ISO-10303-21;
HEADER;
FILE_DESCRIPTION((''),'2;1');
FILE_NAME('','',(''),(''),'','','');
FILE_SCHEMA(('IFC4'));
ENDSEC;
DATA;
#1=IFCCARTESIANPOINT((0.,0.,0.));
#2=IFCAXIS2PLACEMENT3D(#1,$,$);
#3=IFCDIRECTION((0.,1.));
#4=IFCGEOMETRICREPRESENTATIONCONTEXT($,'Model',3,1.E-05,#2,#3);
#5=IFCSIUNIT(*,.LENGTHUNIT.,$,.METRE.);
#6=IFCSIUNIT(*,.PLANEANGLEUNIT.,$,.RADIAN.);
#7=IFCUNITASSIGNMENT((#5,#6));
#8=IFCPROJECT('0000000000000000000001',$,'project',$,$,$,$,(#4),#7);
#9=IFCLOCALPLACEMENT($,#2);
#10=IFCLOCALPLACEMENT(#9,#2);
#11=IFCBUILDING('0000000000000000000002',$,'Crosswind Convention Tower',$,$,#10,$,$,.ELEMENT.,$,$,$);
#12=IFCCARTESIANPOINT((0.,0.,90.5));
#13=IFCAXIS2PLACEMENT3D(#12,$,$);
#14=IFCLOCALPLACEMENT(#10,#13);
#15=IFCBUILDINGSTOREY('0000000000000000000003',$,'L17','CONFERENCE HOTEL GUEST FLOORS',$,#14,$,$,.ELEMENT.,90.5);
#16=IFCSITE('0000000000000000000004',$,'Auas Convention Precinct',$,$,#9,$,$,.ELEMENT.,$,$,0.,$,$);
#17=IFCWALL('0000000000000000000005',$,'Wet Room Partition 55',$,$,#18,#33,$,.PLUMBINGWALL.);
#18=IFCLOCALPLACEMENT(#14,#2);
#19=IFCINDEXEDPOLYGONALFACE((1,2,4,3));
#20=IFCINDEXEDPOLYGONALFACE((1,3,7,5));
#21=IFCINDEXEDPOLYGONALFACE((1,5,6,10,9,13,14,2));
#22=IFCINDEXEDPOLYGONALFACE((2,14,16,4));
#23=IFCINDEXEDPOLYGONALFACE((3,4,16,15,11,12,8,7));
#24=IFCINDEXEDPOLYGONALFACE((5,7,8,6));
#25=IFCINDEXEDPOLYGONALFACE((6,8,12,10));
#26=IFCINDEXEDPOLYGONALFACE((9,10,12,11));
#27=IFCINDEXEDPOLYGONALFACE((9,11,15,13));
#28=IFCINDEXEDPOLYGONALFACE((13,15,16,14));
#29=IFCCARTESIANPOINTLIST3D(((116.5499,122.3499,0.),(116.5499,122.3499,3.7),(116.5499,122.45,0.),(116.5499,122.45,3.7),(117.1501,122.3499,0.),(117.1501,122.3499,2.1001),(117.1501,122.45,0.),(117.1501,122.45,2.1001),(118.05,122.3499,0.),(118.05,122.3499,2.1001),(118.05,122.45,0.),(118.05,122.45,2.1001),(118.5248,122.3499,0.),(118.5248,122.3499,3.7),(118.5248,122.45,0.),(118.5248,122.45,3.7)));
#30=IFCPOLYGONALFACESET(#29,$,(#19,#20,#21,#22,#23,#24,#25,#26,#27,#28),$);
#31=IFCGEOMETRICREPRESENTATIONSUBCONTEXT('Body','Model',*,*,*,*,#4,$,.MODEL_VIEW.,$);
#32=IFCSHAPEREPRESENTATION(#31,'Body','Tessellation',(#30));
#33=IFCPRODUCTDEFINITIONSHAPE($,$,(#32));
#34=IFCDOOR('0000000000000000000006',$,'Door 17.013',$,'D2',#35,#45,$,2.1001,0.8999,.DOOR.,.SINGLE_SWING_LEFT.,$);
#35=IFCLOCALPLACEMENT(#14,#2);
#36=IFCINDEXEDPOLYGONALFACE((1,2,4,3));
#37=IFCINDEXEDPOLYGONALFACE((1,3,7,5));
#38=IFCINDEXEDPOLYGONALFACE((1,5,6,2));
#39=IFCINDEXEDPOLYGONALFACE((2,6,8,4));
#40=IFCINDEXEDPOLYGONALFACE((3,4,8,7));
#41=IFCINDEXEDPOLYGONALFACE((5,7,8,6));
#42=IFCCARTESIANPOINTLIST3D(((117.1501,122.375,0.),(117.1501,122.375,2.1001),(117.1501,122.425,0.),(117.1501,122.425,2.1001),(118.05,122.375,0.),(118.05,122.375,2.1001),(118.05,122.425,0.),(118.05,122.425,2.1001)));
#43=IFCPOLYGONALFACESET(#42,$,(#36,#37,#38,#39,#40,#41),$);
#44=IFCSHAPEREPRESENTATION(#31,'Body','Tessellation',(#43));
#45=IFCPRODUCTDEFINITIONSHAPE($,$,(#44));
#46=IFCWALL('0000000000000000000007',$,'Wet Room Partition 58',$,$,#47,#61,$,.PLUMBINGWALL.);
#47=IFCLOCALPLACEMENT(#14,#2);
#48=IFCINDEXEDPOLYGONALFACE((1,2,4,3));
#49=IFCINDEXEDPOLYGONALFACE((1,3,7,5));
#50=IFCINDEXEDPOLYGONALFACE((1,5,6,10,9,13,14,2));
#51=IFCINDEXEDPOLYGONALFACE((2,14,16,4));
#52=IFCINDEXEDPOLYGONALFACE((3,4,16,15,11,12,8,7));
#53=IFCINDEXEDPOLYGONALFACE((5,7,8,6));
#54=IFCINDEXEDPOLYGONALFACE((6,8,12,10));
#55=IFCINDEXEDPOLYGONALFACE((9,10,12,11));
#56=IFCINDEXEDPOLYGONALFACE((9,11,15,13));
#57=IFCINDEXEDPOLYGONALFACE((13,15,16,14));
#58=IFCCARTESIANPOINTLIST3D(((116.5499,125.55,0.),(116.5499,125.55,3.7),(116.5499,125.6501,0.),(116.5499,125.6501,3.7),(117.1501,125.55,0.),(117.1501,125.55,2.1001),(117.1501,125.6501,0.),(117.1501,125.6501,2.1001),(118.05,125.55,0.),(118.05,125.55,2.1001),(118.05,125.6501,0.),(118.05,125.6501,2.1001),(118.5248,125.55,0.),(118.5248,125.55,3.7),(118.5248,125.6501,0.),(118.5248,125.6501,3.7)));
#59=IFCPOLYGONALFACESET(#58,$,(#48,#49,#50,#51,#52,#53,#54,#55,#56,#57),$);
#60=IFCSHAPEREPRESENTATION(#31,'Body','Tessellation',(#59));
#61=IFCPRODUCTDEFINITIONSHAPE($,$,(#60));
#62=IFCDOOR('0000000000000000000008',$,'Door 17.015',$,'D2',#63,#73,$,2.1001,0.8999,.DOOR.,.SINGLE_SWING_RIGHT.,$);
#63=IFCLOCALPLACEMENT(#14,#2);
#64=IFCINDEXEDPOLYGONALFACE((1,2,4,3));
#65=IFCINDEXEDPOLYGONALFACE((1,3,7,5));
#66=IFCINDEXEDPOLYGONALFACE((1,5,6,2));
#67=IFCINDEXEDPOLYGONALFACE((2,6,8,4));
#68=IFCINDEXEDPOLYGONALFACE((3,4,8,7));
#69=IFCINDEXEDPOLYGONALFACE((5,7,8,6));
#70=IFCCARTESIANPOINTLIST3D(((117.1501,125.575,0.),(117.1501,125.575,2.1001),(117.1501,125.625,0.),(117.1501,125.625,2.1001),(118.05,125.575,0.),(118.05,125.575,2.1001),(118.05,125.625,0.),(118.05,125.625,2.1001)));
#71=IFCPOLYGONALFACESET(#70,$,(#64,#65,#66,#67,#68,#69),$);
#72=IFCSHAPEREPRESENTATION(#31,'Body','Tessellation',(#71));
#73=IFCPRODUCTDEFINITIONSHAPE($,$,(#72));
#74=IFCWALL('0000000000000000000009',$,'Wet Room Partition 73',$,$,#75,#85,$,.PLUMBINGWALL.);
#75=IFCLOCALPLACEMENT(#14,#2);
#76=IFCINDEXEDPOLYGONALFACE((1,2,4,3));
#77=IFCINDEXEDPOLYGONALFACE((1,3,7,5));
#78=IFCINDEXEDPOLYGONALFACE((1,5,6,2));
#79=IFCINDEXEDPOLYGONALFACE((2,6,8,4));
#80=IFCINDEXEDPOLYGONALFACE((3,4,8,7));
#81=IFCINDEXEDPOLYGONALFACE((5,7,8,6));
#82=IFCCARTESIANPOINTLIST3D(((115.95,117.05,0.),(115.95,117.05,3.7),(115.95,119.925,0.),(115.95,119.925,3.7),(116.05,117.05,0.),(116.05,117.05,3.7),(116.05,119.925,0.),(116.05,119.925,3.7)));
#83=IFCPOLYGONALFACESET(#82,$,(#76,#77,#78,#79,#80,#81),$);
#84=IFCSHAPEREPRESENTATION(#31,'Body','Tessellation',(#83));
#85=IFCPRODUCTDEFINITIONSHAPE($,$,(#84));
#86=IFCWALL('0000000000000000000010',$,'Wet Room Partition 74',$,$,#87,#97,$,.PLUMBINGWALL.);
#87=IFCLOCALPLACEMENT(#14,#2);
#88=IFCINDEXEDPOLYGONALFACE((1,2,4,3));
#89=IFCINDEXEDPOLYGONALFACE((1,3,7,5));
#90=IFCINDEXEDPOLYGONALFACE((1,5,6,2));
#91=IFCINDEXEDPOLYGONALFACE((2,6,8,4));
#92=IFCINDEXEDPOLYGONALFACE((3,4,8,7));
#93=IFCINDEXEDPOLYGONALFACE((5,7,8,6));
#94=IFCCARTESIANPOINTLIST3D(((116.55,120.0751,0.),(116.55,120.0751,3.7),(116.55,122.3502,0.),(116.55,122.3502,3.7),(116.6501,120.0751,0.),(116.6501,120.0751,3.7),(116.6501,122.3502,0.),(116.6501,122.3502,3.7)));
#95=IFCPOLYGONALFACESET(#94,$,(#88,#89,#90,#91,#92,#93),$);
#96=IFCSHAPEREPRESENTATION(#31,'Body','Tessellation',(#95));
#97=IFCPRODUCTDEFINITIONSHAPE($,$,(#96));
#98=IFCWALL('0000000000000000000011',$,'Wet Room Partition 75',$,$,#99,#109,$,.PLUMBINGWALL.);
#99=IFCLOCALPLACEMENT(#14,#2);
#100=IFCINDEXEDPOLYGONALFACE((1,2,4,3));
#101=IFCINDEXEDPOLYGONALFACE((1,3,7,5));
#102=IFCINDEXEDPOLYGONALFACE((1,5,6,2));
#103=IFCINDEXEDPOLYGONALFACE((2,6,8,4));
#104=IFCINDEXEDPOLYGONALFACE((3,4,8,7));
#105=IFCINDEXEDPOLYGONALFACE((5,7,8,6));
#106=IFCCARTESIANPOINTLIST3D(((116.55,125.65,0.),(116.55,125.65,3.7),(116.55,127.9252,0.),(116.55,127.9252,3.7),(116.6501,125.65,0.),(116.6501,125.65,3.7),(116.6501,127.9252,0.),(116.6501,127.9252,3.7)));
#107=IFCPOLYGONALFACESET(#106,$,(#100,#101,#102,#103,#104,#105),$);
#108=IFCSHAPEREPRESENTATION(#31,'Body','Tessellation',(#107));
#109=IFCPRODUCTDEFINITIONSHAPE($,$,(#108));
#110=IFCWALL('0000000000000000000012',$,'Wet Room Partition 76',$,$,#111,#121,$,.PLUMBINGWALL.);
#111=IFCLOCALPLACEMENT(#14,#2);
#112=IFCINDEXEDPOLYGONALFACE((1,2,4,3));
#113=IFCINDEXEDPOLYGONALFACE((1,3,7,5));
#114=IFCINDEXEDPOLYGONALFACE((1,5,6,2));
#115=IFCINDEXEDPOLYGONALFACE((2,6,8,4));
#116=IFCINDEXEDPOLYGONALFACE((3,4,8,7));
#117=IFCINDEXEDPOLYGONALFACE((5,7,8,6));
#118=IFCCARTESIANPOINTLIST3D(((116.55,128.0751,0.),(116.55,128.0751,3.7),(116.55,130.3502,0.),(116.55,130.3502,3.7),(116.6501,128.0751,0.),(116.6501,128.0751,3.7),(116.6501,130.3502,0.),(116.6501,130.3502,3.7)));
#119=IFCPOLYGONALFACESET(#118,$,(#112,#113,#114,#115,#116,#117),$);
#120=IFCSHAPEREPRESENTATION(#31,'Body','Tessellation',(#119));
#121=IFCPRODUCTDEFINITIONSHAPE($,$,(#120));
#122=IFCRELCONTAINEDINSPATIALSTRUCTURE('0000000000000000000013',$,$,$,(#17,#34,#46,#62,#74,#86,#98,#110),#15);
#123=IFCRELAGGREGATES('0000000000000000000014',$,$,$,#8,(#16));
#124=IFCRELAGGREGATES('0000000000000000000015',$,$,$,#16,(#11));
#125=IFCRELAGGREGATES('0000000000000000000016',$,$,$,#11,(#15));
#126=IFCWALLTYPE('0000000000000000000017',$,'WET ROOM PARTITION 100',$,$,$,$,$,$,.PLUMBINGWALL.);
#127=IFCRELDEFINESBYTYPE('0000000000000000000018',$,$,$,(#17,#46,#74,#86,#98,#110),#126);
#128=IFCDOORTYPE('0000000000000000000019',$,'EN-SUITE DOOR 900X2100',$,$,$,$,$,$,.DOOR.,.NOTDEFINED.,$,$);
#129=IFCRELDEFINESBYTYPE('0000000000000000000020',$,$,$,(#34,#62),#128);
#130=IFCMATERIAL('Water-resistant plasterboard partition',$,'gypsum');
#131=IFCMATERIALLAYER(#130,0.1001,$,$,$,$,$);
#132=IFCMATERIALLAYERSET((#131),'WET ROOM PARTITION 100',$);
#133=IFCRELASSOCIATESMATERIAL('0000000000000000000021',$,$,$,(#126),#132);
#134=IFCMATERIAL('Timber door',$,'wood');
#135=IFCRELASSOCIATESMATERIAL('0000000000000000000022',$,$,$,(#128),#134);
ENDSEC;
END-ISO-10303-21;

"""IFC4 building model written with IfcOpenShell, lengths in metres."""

from ifc_helpers import new_model, si_unit, direction, frame, frame_2d, origin, place, context, subcontext, project, spatial, rectangle, extrude, material, layer, layer_set, type_object, element, fill, save


model = new_model("IFC4")

# Units and contexts
model_context = context("Model", 3, precision=1e-05, world=origin(), true_north=direction((0.0, 1.0)))
body_context = subcontext(model_context, "Body", "Model", "MODEL_VIEW")
ifc_project = project(units=[si_unit("LENGTHUNIT", "METRE"), si_unit("PLANEANGLEUNIT", "RADIAN")], contexts=[model_context])

# Site, building, storey
site_placement = place(None, origin())
site = spatial("IfcSite", under=ifc_project, at=site_placement, Name="Auas Convention Precinct", CompositionType="ELEMENT", RefElevation=0.0)
building_placement = place(site_placement, origin())
building = spatial("IfcBuilding", under=site, at=building_placement, Name="Crosswind Convention Tower", CompositionType="ELEMENT")
storey_placement = place(building_placement, frame((0.0, 0.0, 90.5)))
storey = spatial("IfcBuildingStorey", under=building, at=storey_placement, Name="L17", Description="CONFERENCE HOTEL GUEST FLOORS", CompositionType="ELEMENT", Elevation=90.5)

# Walls, openings, doors
ifc_material_1 = material(Name="Water-resistant plasterboard partition", Category="gypsum")
ifc_layer_1 = layer(ifc_material_1, 0.1001)
ifc_layer_set_1 = layer_set([ifc_layer_1], Name="WET ROOM PARTITION 100")
wall_type_1 = type_object("IfcWallType", Name="WET ROOM PARTITION 100", PredefinedType="PLUMBINGWALL", material=ifc_layer_set_1)
ifc_material_2 = material(Name="Timber door", Category="wood")
door_type = type_object("IfcDoorType", Name="EN-SUITE DOOR 900X2100", OperationType="NOTDEFINED", PredefinedType="DOOR", material=ifc_material_2)
wall_1_placement = place(storey_placement, frame((116.55, 122.3999, 0.0), z_axis=(0.0, 0.0, 1.0), x_axis=(1.0, 0.0, 0.0)))
wall_1 = element("IfcWall", 1, at=wall_1_placement, inside=storey, type_object=wall_type_1, Name="Wet Room Partition 55", PredefinedType="PLUMBINGWALL", context=body_context, shape_type="SweptSolid", body=[
    extrude(rectangle(XDim=1.9749, YDim=0.1001, at=frame_2d((0.9873, 0.0))), origin(), (0.0, 0.0, 1.0), 3.7),
])
opening_1_placement = place(wall_1_placement, frame((0.6001, 0.0, 0.0)))
opening_1 = element("IfcOpeningElement", 2, at=opening_1_placement, cuts=wall_1, PredefinedType="OPENING", context=body_context, shape_type="SweptSolid", body=[
    extrude(rectangle(XDim=0.8999, YDim=2.1001, at=frame_2d((0.45, 1.05))), frame((0.0, 0.0601, 0.0), z_axis=(0.0, -1.0, 0.0), x_axis=(1.0, 0.0, 0.0)), (0.0, 0.0, 1.0), 0.1201),
])
door_1_placement = place(opening_1_placement, frame((0.8999, 0.0, 0.0), z_axis=(0.0, 0.0, 1.0), x_axis=(-1.0, 0.0, 0.0)))
door_1 = element("IfcDoor", 3, at=door_1_placement, inside=storey, type_object=door_type, Name="Door 17.013", ObjectType="D2", OperationType="SINGLE_SWING_LEFT", OverallHeight=2.1001, OverallWidth=0.8999, PredefinedType="DOOR", context=body_context, shape_type="SweptSolid", body=[
    extrude(rectangle(XDim=0.8999, YDim=2.1001, at=frame_2d((0.45, 1.05))), frame((0.0, 0.0249, 0.0), z_axis=(0.0, -1.0, 0.0), x_axis=(1.0, 0.0, 0.0)), (0.0, 0.0, 1.0), 0.05),
])
fill(opening_1, door_1)
wall_2_placement = place(storey_placement, frame((116.55, 125.6001, 0.0), z_axis=(0.0, 0.0, 1.0), x_axis=(1.0, 0.0, 0.0)))
wall_2 = element("IfcWall", 4, at=wall_2_placement, inside=storey, type_object=wall_type_1, Name="Wet Room Partition 58", PredefinedType="PLUMBINGWALL", context=body_context, shape_type="SweptSolid", body=[
    extrude(rectangle(XDim=1.9749, YDim=0.1001, at=frame_2d((0.9873, 0.0))), origin(), (0.0, 0.0, 1.0), 3.7),
])
opening_2_placement = place(wall_2_placement, frame((0.6001, 0.0, 0.0)))
opening_2 = element("IfcOpeningElement", 5, at=opening_2_placement, cuts=wall_2, PredefinedType="OPENING", context=body_context, shape_type="SweptSolid", body=[
    extrude(rectangle(XDim=0.8999, YDim=2.1001, at=frame_2d((0.45, 1.05))), frame((0.0, 0.0601, 0.0), z_axis=(0.0, -1.0, 0.0), x_axis=(1.0, 0.0, 0.0)), (0.0, 0.0, 1.0), 0.1201),
])
door_2_placement = place(opening_2_placement, origin())
door_2 = element("IfcDoor", 6, at=door_2_placement, inside=storey, type_object=door_type, Name="Door 17.015", ObjectType="D2", OperationType="SINGLE_SWING_RIGHT", OverallHeight=2.1001, OverallWidth=0.8999, PredefinedType="DOOR", context=body_context, shape_type="SweptSolid", body=[
    extrude(rectangle(XDim=0.8999, YDim=2.1001, at=frame_2d((0.45, 1.05))), frame((0.0, 0.0249, 0.0), z_axis=(0.0, -1.0, 0.0), x_axis=(1.0, 0.0, 0.0)), (0.0, 0.0, 1.0), 0.05),
])
fill(opening_2, door_2)

# Walls
wall_3_placement = place(storey_placement, frame((116.0, 117.05, 0.0), z_axis=(0.0, 0.0, 1.0), x_axis=(0.0, 1.0, 0.0)))
element("IfcWall", 7, at=wall_3_placement, inside=storey, type_object=wall_type_1, Name="Wet Room Partition 73", PredefinedType="PLUMBINGWALL", context=body_context, shape_type="SweptSolid", body=[
    extrude(rectangle(XDim=2.875, YDim=0.1001, at=frame_2d((1.4375, 0.0))), origin(), (0.0, 0.0, 1.0), 3.7),
])
for number, where, z_axis, x_axis, name in (
    (8, (116.6001, 120.075, 0.0), (0.0, 0.0, 1.0), (0.0, 1.0, 0.0), "Wet Room Partition 74"),
    (9, (116.6001, 125.6499, 0.0), (0.0, 0.0, 1.0), (0.0, 1.0, 0.0), "Wet Room Partition 75"),
    (10, (116.6001, 128.075, 0.0), (0.0, 0.0, 1.0), (0.0, 1.0, 0.0), "Wet Room Partition 76"),
):
    element("IfcWall", number, at=place(storey_placement, frame(where, z_axis=z_axis, x_axis=x_axis)), inside=storey, type_object=wall_type_1, Name=name, PredefinedType="PLUMBINGWALL", context=body_context, shape_type="SweptSolid", body=[
        extrude(rectangle(XDim=2.2751, YDim=0.1001, at=frame_2d((1.1377, 0.0))), origin(), (0.0, 0.0, 1.0), 3.7),
    ])

save(model, "model.ifc")
